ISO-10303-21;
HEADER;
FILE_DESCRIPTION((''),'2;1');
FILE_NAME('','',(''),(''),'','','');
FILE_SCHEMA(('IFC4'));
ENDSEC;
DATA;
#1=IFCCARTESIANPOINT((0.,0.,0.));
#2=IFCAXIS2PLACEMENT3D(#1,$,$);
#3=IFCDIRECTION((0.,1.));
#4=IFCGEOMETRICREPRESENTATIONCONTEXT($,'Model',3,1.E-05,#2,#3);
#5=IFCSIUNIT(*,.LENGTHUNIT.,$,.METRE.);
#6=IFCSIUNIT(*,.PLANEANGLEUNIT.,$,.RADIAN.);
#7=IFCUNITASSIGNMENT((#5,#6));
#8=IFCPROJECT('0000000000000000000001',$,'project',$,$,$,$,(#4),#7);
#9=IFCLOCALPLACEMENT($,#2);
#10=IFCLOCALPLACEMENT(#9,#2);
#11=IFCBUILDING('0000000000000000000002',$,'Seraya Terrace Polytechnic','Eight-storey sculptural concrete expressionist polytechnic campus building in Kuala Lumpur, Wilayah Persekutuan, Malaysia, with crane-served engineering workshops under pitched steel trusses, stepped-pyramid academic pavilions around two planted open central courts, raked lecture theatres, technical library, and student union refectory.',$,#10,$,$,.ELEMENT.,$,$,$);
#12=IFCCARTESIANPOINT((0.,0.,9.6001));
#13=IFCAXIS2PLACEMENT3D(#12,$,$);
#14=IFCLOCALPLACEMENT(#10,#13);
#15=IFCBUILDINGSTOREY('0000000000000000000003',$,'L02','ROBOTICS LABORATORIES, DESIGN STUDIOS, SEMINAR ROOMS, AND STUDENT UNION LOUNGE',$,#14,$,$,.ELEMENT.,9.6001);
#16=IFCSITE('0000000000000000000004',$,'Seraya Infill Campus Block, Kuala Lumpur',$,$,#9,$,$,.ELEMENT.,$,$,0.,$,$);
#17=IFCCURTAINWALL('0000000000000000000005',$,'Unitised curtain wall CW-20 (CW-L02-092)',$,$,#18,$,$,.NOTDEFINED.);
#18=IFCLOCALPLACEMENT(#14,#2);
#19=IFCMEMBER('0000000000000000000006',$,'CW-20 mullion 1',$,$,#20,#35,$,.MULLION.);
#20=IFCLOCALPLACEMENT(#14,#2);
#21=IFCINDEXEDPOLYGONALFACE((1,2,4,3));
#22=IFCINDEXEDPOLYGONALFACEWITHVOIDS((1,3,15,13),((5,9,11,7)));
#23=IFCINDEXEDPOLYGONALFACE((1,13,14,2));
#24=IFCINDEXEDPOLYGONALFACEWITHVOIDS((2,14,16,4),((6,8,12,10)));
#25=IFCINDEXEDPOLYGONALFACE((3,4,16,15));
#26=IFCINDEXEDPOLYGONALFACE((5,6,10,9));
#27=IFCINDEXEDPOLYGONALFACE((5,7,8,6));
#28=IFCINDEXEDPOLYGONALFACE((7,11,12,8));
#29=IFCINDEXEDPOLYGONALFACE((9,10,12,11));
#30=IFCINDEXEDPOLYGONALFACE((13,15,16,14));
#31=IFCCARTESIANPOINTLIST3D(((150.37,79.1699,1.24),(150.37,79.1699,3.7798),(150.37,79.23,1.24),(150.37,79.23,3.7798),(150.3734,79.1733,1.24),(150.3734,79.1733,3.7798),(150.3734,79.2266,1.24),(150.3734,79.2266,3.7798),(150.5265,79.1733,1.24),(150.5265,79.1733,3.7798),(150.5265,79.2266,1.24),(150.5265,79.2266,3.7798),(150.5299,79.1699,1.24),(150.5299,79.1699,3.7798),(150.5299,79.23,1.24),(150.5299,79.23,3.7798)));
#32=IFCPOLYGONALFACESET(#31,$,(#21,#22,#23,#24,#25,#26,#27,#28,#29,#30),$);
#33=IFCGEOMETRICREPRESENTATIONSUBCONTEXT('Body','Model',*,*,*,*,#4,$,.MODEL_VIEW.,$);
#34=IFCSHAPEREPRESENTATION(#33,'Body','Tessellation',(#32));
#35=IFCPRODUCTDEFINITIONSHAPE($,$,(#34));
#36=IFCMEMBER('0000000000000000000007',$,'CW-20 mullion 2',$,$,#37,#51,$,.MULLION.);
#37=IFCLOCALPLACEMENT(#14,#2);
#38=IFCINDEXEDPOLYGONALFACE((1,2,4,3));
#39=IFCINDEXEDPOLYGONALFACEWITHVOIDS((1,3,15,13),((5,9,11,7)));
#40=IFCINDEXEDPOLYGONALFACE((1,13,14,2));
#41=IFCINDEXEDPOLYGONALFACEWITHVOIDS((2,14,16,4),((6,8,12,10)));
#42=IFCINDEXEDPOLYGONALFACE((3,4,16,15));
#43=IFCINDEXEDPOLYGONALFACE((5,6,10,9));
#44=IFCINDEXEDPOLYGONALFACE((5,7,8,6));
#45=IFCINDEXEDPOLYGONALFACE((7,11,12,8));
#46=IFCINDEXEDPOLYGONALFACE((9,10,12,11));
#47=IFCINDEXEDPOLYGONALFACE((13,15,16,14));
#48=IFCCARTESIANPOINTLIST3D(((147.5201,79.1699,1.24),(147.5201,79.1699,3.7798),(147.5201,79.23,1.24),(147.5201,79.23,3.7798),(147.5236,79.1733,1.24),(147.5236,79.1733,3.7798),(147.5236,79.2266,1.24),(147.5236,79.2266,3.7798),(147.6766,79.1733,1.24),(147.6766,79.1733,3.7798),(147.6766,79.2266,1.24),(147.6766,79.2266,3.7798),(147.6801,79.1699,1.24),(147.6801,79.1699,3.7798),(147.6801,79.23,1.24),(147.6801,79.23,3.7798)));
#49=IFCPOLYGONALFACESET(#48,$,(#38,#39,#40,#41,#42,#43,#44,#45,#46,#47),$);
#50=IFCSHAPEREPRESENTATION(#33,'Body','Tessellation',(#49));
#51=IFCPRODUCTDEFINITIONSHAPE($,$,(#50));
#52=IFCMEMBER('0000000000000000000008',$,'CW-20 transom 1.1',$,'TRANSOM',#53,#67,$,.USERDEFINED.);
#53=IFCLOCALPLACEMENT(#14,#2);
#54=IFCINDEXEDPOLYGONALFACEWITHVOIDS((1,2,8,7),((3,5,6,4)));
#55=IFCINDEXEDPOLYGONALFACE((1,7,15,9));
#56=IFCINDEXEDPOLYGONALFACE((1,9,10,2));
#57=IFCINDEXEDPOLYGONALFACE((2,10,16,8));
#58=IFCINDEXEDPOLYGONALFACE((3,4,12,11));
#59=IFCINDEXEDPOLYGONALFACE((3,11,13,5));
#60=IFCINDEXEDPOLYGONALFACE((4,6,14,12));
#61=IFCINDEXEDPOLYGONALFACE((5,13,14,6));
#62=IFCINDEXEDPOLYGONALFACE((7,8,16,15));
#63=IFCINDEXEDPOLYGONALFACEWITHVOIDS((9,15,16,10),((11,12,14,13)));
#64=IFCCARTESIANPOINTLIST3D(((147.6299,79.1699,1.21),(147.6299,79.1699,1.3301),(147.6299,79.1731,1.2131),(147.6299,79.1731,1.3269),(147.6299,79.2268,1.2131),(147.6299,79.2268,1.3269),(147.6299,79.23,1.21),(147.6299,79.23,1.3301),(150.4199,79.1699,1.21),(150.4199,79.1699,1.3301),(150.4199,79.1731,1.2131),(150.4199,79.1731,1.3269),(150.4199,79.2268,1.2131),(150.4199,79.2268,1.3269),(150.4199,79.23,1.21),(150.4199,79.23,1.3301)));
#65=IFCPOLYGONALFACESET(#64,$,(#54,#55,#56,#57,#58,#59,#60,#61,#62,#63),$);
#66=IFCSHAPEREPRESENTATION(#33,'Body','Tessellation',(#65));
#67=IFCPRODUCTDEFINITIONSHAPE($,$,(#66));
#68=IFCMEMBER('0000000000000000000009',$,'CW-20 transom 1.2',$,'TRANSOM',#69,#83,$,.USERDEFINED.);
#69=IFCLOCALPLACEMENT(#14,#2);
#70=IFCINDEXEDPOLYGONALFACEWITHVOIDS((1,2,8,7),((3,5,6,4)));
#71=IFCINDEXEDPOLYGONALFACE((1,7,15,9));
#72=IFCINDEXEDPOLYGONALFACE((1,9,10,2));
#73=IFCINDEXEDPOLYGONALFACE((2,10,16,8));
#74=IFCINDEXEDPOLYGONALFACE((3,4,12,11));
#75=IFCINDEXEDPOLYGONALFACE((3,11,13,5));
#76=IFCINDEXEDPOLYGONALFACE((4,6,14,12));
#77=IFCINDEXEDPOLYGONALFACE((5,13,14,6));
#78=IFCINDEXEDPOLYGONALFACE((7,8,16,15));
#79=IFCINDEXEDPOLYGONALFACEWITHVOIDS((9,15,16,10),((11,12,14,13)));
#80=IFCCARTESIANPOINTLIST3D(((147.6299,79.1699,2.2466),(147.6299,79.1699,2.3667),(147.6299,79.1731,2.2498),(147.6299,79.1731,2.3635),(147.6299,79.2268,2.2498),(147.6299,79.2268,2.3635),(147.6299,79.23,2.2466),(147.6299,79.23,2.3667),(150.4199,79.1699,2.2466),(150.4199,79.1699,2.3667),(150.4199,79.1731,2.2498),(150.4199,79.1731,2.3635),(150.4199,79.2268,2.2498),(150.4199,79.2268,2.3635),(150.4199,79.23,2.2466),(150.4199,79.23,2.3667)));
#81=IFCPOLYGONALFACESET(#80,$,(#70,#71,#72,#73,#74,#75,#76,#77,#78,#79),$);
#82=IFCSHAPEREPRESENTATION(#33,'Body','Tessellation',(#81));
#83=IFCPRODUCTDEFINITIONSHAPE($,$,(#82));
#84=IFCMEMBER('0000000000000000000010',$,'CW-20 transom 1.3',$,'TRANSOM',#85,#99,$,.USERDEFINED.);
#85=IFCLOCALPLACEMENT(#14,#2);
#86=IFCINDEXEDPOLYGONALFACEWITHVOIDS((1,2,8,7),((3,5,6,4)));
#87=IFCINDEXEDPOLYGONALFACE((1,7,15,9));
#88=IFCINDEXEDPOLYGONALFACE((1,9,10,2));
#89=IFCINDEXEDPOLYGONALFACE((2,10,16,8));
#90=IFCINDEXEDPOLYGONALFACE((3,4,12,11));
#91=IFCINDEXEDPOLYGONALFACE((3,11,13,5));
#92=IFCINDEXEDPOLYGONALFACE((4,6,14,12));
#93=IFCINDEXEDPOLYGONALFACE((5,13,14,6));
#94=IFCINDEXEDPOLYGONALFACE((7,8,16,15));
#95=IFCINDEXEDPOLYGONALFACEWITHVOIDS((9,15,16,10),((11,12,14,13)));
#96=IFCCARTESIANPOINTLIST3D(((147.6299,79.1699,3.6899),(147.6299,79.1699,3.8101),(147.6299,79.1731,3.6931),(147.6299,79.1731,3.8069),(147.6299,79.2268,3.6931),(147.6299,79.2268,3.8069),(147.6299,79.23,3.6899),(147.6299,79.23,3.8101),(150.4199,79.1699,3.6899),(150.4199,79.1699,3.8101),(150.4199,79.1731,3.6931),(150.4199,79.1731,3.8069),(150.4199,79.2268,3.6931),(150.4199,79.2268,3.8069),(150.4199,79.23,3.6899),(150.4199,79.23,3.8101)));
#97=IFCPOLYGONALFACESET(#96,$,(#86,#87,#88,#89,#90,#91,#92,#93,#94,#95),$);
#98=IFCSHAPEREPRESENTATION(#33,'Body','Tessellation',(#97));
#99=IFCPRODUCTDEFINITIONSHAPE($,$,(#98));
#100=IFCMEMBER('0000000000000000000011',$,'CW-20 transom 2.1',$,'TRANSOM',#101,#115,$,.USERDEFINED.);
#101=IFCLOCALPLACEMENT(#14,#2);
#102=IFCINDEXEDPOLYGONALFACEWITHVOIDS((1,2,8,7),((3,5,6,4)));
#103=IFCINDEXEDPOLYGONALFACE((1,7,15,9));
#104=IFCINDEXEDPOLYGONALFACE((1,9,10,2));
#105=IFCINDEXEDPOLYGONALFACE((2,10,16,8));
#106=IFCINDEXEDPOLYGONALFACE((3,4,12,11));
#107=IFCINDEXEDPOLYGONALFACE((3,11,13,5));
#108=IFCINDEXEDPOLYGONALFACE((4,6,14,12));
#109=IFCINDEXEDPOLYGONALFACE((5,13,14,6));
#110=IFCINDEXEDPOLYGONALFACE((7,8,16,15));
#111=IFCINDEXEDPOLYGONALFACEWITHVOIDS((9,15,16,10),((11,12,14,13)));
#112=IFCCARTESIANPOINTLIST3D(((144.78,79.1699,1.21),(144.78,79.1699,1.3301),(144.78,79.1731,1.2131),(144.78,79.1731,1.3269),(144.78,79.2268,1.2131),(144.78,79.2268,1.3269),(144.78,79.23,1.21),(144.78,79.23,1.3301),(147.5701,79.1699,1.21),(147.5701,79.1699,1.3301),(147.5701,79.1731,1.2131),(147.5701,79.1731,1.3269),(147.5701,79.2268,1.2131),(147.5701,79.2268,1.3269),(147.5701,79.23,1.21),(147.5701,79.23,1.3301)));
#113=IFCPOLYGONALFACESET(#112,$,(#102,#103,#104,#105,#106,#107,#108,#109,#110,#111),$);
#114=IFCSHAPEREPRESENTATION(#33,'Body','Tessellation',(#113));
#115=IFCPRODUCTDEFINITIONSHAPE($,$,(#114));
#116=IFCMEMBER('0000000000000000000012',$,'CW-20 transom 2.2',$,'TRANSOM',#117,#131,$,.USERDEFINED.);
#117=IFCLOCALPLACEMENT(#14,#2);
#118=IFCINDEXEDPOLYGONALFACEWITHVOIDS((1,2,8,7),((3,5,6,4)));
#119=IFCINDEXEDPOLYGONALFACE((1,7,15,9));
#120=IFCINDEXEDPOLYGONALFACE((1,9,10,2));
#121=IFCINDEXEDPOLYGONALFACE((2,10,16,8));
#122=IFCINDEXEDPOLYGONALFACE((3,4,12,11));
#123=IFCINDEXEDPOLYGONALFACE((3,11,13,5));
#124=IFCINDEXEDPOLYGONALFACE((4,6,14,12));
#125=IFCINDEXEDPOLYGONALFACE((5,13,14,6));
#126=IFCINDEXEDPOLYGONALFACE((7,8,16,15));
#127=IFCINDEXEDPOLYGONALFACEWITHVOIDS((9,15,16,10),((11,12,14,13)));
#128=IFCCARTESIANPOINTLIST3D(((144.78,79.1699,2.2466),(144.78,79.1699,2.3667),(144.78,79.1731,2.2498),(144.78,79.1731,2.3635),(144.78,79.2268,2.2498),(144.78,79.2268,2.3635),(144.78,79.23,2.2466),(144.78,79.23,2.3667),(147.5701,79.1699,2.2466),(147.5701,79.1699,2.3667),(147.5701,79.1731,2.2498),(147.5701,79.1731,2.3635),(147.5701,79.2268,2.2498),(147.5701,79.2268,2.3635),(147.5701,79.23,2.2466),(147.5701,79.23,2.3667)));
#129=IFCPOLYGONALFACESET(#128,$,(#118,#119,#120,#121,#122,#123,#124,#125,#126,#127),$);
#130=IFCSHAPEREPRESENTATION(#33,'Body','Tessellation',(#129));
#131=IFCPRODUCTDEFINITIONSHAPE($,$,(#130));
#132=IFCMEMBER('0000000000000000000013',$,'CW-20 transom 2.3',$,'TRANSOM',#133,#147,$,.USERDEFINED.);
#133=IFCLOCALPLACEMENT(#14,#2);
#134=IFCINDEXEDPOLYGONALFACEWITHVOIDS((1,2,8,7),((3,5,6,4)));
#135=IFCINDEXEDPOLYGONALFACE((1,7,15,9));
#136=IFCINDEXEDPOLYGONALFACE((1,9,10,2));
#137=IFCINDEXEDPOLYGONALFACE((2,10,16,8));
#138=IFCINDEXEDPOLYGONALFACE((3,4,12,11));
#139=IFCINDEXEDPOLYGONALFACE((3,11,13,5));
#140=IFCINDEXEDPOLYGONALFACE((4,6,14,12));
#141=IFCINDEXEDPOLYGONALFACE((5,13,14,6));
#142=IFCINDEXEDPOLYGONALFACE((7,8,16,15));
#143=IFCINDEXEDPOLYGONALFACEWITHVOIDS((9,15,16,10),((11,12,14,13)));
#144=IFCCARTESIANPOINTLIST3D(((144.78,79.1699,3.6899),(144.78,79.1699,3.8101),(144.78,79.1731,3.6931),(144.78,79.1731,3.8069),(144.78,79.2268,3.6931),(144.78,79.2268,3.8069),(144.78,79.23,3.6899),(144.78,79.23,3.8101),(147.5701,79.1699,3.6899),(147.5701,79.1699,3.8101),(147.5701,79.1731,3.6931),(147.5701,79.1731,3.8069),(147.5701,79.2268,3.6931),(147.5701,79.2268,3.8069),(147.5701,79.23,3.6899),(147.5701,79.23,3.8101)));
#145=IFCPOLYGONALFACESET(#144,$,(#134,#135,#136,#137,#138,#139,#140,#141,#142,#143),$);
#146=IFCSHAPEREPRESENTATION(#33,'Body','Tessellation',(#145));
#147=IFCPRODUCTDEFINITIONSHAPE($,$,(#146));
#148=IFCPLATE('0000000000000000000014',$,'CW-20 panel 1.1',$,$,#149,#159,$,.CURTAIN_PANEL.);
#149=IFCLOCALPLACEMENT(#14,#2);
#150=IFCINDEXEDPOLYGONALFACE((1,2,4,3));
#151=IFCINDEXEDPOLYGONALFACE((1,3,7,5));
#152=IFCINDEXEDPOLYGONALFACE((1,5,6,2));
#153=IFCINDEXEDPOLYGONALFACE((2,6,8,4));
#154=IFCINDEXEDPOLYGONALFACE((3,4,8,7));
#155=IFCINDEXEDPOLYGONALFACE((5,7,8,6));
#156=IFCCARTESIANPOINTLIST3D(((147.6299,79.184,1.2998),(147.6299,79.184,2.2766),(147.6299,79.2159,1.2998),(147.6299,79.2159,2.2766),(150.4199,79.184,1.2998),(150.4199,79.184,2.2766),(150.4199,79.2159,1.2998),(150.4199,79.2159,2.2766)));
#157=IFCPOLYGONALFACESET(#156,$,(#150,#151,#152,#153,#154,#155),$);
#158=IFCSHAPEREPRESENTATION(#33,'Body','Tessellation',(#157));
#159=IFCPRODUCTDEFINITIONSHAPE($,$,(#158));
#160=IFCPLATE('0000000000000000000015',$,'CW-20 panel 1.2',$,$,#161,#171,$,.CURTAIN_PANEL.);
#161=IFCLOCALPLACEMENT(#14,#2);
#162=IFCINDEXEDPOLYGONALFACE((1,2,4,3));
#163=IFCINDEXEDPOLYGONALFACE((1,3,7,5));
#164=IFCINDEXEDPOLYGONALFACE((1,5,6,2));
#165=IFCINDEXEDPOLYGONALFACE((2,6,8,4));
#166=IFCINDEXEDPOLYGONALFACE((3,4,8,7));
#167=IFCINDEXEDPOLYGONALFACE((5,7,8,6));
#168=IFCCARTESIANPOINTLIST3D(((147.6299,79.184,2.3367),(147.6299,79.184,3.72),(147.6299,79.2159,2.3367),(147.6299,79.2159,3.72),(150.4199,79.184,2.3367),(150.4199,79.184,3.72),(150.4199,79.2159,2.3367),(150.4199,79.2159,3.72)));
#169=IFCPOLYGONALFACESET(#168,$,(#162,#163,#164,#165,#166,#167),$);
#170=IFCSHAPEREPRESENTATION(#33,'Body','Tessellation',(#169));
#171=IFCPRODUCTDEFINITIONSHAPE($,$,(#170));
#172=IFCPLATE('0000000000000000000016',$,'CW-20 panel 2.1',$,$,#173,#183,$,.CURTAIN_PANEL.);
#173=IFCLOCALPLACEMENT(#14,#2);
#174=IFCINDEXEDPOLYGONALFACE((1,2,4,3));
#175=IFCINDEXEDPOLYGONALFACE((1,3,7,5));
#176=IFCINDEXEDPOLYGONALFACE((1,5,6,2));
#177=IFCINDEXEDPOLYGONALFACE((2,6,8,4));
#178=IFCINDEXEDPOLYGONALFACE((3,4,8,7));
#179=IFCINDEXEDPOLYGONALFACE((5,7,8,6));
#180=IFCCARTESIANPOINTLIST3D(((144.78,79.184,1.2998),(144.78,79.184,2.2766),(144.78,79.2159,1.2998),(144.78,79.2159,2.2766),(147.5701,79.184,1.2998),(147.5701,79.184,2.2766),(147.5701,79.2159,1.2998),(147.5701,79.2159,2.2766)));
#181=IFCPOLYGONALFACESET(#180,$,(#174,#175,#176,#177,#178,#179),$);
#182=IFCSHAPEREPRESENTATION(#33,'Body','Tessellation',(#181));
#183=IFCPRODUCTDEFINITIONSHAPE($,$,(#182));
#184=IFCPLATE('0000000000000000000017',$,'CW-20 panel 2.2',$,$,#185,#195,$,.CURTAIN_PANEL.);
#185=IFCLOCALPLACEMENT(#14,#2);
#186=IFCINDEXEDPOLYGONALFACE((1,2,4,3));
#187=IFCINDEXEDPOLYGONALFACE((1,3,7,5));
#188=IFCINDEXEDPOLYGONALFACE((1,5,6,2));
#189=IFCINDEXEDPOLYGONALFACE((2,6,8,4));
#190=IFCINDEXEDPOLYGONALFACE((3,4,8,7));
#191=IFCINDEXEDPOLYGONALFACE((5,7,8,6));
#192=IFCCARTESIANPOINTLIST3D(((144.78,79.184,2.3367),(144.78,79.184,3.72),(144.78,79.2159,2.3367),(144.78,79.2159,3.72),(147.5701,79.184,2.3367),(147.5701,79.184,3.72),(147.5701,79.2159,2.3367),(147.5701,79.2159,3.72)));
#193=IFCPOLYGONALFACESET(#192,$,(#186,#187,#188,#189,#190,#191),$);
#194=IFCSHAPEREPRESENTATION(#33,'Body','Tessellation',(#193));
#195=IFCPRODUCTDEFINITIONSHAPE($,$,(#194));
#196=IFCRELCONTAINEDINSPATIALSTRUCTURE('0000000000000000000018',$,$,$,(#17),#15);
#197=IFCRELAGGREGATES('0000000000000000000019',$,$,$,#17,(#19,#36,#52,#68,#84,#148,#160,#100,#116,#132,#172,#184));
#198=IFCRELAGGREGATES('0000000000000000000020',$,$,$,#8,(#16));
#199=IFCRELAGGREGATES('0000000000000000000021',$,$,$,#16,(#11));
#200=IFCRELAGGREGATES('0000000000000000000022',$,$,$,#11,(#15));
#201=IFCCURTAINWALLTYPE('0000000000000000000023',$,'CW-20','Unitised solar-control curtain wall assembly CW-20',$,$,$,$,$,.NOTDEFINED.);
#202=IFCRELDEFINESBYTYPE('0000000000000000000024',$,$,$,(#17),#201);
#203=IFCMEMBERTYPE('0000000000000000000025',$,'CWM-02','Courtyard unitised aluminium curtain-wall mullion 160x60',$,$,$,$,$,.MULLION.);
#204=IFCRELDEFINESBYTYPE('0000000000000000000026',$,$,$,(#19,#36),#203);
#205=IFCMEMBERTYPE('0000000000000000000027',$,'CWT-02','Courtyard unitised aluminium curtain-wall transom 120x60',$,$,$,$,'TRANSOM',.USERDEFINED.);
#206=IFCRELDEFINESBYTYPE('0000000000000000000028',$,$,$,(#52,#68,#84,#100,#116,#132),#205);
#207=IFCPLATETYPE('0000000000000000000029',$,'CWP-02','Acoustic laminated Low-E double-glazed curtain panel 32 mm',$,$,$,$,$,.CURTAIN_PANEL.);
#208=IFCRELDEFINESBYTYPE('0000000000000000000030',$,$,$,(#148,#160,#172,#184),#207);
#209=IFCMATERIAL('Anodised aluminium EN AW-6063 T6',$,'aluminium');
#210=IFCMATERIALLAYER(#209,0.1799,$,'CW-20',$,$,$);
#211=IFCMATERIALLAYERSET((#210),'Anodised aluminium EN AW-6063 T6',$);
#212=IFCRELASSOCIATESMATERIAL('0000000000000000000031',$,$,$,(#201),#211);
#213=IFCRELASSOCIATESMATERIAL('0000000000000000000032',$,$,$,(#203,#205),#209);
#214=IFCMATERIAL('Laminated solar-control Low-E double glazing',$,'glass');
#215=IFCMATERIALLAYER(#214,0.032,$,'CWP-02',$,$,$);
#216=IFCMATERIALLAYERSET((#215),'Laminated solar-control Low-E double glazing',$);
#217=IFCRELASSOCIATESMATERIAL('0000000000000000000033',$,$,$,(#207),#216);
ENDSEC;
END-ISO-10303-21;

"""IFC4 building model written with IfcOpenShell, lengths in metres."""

from ifc_helpers import new_model, si_unit, direction, frame, origin, origin_2d, place, context, subcontext, project, spatial, rectangle, hollow_rectangle, extrude, material, layer, layer_set, material_profile, profile_set, type_object, element, aggregate, save


model = new_model("IFC4")

# Units and contexts
model_context = context("Model", 3, precision=1e-05, world=origin(), true_north=direction((0.0, 1.0)))
body_context = subcontext(model_context, "Body", "Model", "MODEL_VIEW")
ifc_project = project(units=[si_unit("LENGTHUNIT", "METRE"), si_unit("PLANEANGLEUNIT", "RADIAN")], contexts=[model_context])

# Site, building, storey
site_placement = place(None, origin())
site = spatial("IfcSite", under=ifc_project, at=site_placement, Name="Seraya Infill Campus Block, Kuala Lumpur", CompositionType="ELEMENT", RefElevation=0.0)
building_placement = place(site_placement, origin())
building = spatial("IfcBuilding", under=site, at=building_placement, Name="Seraya Terrace Polytechnic", Description="Eight-storey sculptural concrete expressionist polytechnic campus building in Kuala Lumpur, Wilayah Persekutuan, Malaysia, with crane-served engineering workshops under pitched steel trusses, stepped-pyramid academic pavilions around two planted open central courts, raked lecture theatres, technical library, and student union refectory.", CompositionType="ELEMENT")
storey_placement = place(building_placement, frame((0.0, 0.0, 9.6001)))
storey = spatial("IfcBuildingStorey", under=building, at=storey_placement, Name="L02", Description="ROBOTICS LABORATORIES, DESIGN STUDIOS, SEMINAR ROOMS, AND STUDENT UNION LOUNGE", CompositionType="ELEMENT", Elevation=9.6001)

# Curtain wall, members, plates
ifc_material_1 = material(Name="Anodised aluminium EN AW-6063 T6", Category="aluminium")
ifc_layer_1 = layer(ifc_material_1, 0.1799, Name="CW-20")
ifc_layer_set_1 = layer_set([ifc_layer_1], Name="Anodised aluminium EN AW-6063 T6")
curtain_wall_type = type_object("IfcCurtainWallType", Name="CW-20", Description="Unitised solar-control curtain wall assembly CW-20", PredefinedType="NOTDEFINED", material=ifc_layer_set_1)
curtain_wall_placement = place(storey_placement, origin())
curtain_wall = element("IfcCurtainWall", 1, at=curtain_wall_placement, inside=storey, type_object=curtain_wall_type, Name="Unitised curtain wall CW-20 (CW-L02-092)", PredefinedType="NOTDEFINED")
ifc_material_profile_1 = material_profile(ifc_material_1, hollow_rectangle(XDim=0.0601, YDim=0.1599, WallThickness=0.0034, at=origin_2d()), Name="RHS 160x60x3.5")
ifc_profile_set_1 = profile_set([ifc_material_profile_1], Name="Anodised aluminium EN AW-6063 T6")
member_type_1 = type_object("IfcMemberType", Name="CWM-02", Description="Courtyard unitised aluminium curtain-wall mullion 160x60", PredefinedType="MULLION", material=ifc_profile_set_1)
member_1_placement = place(storey_placement, frame((150.45, 79.2, 1.24), z_axis=(0.0, 0.0, 1.0), x_axis=(0.0, -1.0, 0.0)))
member_1 = element("IfcMember", 2, at=member_1_placement, type_object=member_type_1, Name="CW-20 mullion 1", PredefinedType="MULLION", context=body_context, shape_type="SweptSolid", body=[
    extrude(hollow_rectangle(XDim=0.0601, YDim=0.1599, WallThickness=0.0034, at=origin_2d()), origin(), (0.0, 0.0, 1.0), 2.5398),
])
member_2_placement = place(storey_placement, frame((147.6001, 79.2, 1.24), z_axis=(0.0, 0.0, 1.0), x_axis=(0.0, -1.0, 0.0)))
member_2 = element("IfcMember", 3, at=member_2_placement, type_object=member_type_1, Name="CW-20 mullion 2", PredefinedType="MULLION", context=body_context, shape_type="SweptSolid", body=[
    extrude(hollow_rectangle(XDim=0.0601, YDim=0.1599, WallThickness=0.0034, at=origin_2d()), origin(), (0.0, 0.0, 1.0), 2.5398),
])
ifc_material_profile_2 = material_profile(ifc_material_1, hollow_rectangle(XDim=0.0601, YDim=0.1201, WallThickness=0.0032, at=origin_2d()), Name="RHS 120x60x3.2")
ifc_profile_set_2 = profile_set([ifc_material_profile_2], Name="Anodised aluminium EN AW-6063 T6")
member_type_2 = type_object("IfcMemberType", Name="CWT-02", Description="Courtyard unitised aluminium curtain-wall transom 120x60", ElementType="TRANSOM", PredefinedType="USERDEFINED", material=ifc_profile_set_2)
member_3_placement = place(storey_placement, frame((150.4199, 79.2, 1.27), z_axis=(-1.0, 0.0, 0.0), x_axis=(0.0, -1.0, 0.0)))
member_3 = element("IfcMember", 4, at=member_3_placement, type_object=member_type_2, Name="CW-20 transom 1.1", ObjectType="TRANSOM", PredefinedType="USERDEFINED", context=body_context, shape_type="SweptSolid", body=[
    extrude(hollow_rectangle(XDim=0.0601, YDim=0.1201, WallThickness=0.0032, at=origin_2d()), origin(), (0.0, 0.0, 1.0), 2.79),
])
member_4_placement = place(storey_placement, frame((150.4199, 79.2, 2.3066), z_axis=(-1.0, 0.0, 0.0), x_axis=(0.0, -1.0, 0.0)))
member_4 = element("IfcMember", 5, at=member_4_placement, type_object=member_type_2, Name="CW-20 transom 1.2", ObjectType="TRANSOM", PredefinedType="USERDEFINED", context=body_context, shape_type="SweptSolid", body=[
    extrude(hollow_rectangle(XDim=0.0601, YDim=0.1201, WallThickness=0.0032, at=origin_2d()), origin(), (0.0, 0.0, 1.0), 2.79),
])
member_5_placement = place(storey_placement, frame((150.4199, 79.2, 3.75), z_axis=(-1.0, 0.0, 0.0), x_axis=(0.0, -1.0, 0.0)))
member_5 = element("IfcMember", 6, at=member_5_placement, type_object=member_type_2, Name="CW-20 transom 1.3", ObjectType="TRANSOM", PredefinedType="USERDEFINED", context=body_context, shape_type="SweptSolid", body=[
    extrude(hollow_rectangle(XDim=0.0601, YDim=0.1201, WallThickness=0.0032, at=origin_2d()), origin(), (0.0, 0.0, 1.0), 2.79),
])
member_6_placement = place(storey_placement, frame((147.5701, 79.2, 1.27), z_axis=(-1.0, 0.0, 0.0), x_axis=(0.0, -1.0, 0.0)))
member_6 = element("IfcMember", 7, at=member_6_placement, type_object=member_type_2, Name="CW-20 transom 2.1", ObjectType="TRANSOM", PredefinedType="USERDEFINED", context=body_context, shape_type="SweptSolid", body=[
    extrude(hollow_rectangle(XDim=0.0601, YDim=0.1201, WallThickness=0.0032, at=origin_2d()), origin(), (0.0, 0.0, 1.0), 2.79),
])
member_7_placement = place(storey_placement, frame((147.5701, 79.2, 2.3066), z_axis=(-1.0, 0.0, 0.0), x_axis=(0.0, -1.0, 0.0)))
member_7 = element("IfcMember", 8, at=member_7_placement, type_object=member_type_2, Name="CW-20 transom 2.2", ObjectType="TRANSOM", PredefinedType="USERDEFINED", context=body_context, shape_type="SweptSolid", body=[
    extrude(hollow_rectangle(XDim=0.0601, YDim=0.1201, WallThickness=0.0032, at=origin_2d()), origin(), (0.0, 0.0, 1.0), 2.79),
])
member_8_placement = place(storey_placement, frame((147.5701, 79.2, 3.75), z_axis=(-1.0, 0.0, 0.0), x_axis=(0.0, -1.0, 0.0)))
member_8 = element("IfcMember", 9, at=member_8_placement, type_object=member_type_2, Name="CW-20 transom 2.3", ObjectType="TRANSOM", PredefinedType="USERDEFINED", context=body_context, shape_type="SweptSolid", body=[
    extrude(hollow_rectangle(XDim=0.0601, YDim=0.1201, WallThickness=0.0032, at=origin_2d()), origin(), (0.0, 0.0, 1.0), 2.79),
])
ifc_material_2 = material(Name="Laminated solar-control Low-E double glazing", Category="glass")
ifc_layer_2 = layer(ifc_material_2, 0.032, Name="CWP-02")
ifc_layer_set_2 = layer_set([ifc_layer_2], Name="Laminated solar-control Low-E double glazing")
plate_type = type_object("IfcPlateType", Name="CWP-02", Description="Acoustic laminated Low-E double-glazed curtain panel 32 mm", PredefinedType="CURTAIN_PANEL", material=ifc_layer_set_2)
plate_1_placement = place(storey_placement, frame((149.0249, 79.2, 1.2998), z_axis=(0.0, 0.0, 1.0), x_axis=(-1.0, 0.0, 0.0)))
plate_1 = element("IfcPlate", 10, at=plate_1_placement, type_object=plate_type, Name="CW-20 panel 1.1", PredefinedType="CURTAIN_PANEL", context=body_context, shape_type="SweptSolid", body=[
    extrude(rectangle(XDim=2.79, YDim=0.032, at=origin_2d()), origin(), (0.0, 0.0, 1.0), 0.9768),
])
plate_2_placement = place(storey_placement, frame((149.0249, 79.2, 2.3367), z_axis=(0.0, 0.0, 1.0), x_axis=(-1.0, 0.0, 0.0)))
plate_2 = element("IfcPlate", 11, at=plate_2_placement, type_object=plate_type, Name="CW-20 panel 1.2", PredefinedType="CURTAIN_PANEL", context=body_context, shape_type="SweptSolid", body=[
    extrude(rectangle(XDim=2.79, YDim=0.032, at=origin_2d()), origin(), (0.0, 0.0, 1.0), 1.3833),
])
plate_3_placement = place(storey_placement, frame((146.175, 79.2, 1.2998), z_axis=(0.0, 0.0, 1.0), x_axis=(-1.0, 0.0, 0.0)))
plate_3 = element("IfcPlate", 12, at=plate_3_placement, type_object=plate_type, Name="CW-20 panel 2.1", PredefinedType="CURTAIN_PANEL", context=body_context, shape_type="SweptSolid", body=[
    extrude(rectangle(XDim=2.79, YDim=0.032, at=origin_2d()), origin(), (0.0, 0.0, 1.0), 0.9768),
])
plate_4_placement = place(storey_placement, frame((146.175, 79.2, 2.3367), z_axis=(0.0, 0.0, 1.0), x_axis=(-1.0, 0.0, 0.0)))
plate_4 = element("IfcPlate", 13, at=plate_4_placement, type_object=plate_type, Name="CW-20 panel 2.2", PredefinedType="CURTAIN_PANEL", context=body_context, shape_type="SweptSolid", body=[
    extrude(rectangle(XDim=2.79, YDim=0.032, at=origin_2d()), origin(), (0.0, 0.0, 1.0), 1.3833),
])
aggregate(curtain_wall, [member_1, member_2, member_3, member_4, member_5, plate_1, plate_2, member_6, member_7, member_8, plate_3, plate_4])

save(model, "model.ifc")
